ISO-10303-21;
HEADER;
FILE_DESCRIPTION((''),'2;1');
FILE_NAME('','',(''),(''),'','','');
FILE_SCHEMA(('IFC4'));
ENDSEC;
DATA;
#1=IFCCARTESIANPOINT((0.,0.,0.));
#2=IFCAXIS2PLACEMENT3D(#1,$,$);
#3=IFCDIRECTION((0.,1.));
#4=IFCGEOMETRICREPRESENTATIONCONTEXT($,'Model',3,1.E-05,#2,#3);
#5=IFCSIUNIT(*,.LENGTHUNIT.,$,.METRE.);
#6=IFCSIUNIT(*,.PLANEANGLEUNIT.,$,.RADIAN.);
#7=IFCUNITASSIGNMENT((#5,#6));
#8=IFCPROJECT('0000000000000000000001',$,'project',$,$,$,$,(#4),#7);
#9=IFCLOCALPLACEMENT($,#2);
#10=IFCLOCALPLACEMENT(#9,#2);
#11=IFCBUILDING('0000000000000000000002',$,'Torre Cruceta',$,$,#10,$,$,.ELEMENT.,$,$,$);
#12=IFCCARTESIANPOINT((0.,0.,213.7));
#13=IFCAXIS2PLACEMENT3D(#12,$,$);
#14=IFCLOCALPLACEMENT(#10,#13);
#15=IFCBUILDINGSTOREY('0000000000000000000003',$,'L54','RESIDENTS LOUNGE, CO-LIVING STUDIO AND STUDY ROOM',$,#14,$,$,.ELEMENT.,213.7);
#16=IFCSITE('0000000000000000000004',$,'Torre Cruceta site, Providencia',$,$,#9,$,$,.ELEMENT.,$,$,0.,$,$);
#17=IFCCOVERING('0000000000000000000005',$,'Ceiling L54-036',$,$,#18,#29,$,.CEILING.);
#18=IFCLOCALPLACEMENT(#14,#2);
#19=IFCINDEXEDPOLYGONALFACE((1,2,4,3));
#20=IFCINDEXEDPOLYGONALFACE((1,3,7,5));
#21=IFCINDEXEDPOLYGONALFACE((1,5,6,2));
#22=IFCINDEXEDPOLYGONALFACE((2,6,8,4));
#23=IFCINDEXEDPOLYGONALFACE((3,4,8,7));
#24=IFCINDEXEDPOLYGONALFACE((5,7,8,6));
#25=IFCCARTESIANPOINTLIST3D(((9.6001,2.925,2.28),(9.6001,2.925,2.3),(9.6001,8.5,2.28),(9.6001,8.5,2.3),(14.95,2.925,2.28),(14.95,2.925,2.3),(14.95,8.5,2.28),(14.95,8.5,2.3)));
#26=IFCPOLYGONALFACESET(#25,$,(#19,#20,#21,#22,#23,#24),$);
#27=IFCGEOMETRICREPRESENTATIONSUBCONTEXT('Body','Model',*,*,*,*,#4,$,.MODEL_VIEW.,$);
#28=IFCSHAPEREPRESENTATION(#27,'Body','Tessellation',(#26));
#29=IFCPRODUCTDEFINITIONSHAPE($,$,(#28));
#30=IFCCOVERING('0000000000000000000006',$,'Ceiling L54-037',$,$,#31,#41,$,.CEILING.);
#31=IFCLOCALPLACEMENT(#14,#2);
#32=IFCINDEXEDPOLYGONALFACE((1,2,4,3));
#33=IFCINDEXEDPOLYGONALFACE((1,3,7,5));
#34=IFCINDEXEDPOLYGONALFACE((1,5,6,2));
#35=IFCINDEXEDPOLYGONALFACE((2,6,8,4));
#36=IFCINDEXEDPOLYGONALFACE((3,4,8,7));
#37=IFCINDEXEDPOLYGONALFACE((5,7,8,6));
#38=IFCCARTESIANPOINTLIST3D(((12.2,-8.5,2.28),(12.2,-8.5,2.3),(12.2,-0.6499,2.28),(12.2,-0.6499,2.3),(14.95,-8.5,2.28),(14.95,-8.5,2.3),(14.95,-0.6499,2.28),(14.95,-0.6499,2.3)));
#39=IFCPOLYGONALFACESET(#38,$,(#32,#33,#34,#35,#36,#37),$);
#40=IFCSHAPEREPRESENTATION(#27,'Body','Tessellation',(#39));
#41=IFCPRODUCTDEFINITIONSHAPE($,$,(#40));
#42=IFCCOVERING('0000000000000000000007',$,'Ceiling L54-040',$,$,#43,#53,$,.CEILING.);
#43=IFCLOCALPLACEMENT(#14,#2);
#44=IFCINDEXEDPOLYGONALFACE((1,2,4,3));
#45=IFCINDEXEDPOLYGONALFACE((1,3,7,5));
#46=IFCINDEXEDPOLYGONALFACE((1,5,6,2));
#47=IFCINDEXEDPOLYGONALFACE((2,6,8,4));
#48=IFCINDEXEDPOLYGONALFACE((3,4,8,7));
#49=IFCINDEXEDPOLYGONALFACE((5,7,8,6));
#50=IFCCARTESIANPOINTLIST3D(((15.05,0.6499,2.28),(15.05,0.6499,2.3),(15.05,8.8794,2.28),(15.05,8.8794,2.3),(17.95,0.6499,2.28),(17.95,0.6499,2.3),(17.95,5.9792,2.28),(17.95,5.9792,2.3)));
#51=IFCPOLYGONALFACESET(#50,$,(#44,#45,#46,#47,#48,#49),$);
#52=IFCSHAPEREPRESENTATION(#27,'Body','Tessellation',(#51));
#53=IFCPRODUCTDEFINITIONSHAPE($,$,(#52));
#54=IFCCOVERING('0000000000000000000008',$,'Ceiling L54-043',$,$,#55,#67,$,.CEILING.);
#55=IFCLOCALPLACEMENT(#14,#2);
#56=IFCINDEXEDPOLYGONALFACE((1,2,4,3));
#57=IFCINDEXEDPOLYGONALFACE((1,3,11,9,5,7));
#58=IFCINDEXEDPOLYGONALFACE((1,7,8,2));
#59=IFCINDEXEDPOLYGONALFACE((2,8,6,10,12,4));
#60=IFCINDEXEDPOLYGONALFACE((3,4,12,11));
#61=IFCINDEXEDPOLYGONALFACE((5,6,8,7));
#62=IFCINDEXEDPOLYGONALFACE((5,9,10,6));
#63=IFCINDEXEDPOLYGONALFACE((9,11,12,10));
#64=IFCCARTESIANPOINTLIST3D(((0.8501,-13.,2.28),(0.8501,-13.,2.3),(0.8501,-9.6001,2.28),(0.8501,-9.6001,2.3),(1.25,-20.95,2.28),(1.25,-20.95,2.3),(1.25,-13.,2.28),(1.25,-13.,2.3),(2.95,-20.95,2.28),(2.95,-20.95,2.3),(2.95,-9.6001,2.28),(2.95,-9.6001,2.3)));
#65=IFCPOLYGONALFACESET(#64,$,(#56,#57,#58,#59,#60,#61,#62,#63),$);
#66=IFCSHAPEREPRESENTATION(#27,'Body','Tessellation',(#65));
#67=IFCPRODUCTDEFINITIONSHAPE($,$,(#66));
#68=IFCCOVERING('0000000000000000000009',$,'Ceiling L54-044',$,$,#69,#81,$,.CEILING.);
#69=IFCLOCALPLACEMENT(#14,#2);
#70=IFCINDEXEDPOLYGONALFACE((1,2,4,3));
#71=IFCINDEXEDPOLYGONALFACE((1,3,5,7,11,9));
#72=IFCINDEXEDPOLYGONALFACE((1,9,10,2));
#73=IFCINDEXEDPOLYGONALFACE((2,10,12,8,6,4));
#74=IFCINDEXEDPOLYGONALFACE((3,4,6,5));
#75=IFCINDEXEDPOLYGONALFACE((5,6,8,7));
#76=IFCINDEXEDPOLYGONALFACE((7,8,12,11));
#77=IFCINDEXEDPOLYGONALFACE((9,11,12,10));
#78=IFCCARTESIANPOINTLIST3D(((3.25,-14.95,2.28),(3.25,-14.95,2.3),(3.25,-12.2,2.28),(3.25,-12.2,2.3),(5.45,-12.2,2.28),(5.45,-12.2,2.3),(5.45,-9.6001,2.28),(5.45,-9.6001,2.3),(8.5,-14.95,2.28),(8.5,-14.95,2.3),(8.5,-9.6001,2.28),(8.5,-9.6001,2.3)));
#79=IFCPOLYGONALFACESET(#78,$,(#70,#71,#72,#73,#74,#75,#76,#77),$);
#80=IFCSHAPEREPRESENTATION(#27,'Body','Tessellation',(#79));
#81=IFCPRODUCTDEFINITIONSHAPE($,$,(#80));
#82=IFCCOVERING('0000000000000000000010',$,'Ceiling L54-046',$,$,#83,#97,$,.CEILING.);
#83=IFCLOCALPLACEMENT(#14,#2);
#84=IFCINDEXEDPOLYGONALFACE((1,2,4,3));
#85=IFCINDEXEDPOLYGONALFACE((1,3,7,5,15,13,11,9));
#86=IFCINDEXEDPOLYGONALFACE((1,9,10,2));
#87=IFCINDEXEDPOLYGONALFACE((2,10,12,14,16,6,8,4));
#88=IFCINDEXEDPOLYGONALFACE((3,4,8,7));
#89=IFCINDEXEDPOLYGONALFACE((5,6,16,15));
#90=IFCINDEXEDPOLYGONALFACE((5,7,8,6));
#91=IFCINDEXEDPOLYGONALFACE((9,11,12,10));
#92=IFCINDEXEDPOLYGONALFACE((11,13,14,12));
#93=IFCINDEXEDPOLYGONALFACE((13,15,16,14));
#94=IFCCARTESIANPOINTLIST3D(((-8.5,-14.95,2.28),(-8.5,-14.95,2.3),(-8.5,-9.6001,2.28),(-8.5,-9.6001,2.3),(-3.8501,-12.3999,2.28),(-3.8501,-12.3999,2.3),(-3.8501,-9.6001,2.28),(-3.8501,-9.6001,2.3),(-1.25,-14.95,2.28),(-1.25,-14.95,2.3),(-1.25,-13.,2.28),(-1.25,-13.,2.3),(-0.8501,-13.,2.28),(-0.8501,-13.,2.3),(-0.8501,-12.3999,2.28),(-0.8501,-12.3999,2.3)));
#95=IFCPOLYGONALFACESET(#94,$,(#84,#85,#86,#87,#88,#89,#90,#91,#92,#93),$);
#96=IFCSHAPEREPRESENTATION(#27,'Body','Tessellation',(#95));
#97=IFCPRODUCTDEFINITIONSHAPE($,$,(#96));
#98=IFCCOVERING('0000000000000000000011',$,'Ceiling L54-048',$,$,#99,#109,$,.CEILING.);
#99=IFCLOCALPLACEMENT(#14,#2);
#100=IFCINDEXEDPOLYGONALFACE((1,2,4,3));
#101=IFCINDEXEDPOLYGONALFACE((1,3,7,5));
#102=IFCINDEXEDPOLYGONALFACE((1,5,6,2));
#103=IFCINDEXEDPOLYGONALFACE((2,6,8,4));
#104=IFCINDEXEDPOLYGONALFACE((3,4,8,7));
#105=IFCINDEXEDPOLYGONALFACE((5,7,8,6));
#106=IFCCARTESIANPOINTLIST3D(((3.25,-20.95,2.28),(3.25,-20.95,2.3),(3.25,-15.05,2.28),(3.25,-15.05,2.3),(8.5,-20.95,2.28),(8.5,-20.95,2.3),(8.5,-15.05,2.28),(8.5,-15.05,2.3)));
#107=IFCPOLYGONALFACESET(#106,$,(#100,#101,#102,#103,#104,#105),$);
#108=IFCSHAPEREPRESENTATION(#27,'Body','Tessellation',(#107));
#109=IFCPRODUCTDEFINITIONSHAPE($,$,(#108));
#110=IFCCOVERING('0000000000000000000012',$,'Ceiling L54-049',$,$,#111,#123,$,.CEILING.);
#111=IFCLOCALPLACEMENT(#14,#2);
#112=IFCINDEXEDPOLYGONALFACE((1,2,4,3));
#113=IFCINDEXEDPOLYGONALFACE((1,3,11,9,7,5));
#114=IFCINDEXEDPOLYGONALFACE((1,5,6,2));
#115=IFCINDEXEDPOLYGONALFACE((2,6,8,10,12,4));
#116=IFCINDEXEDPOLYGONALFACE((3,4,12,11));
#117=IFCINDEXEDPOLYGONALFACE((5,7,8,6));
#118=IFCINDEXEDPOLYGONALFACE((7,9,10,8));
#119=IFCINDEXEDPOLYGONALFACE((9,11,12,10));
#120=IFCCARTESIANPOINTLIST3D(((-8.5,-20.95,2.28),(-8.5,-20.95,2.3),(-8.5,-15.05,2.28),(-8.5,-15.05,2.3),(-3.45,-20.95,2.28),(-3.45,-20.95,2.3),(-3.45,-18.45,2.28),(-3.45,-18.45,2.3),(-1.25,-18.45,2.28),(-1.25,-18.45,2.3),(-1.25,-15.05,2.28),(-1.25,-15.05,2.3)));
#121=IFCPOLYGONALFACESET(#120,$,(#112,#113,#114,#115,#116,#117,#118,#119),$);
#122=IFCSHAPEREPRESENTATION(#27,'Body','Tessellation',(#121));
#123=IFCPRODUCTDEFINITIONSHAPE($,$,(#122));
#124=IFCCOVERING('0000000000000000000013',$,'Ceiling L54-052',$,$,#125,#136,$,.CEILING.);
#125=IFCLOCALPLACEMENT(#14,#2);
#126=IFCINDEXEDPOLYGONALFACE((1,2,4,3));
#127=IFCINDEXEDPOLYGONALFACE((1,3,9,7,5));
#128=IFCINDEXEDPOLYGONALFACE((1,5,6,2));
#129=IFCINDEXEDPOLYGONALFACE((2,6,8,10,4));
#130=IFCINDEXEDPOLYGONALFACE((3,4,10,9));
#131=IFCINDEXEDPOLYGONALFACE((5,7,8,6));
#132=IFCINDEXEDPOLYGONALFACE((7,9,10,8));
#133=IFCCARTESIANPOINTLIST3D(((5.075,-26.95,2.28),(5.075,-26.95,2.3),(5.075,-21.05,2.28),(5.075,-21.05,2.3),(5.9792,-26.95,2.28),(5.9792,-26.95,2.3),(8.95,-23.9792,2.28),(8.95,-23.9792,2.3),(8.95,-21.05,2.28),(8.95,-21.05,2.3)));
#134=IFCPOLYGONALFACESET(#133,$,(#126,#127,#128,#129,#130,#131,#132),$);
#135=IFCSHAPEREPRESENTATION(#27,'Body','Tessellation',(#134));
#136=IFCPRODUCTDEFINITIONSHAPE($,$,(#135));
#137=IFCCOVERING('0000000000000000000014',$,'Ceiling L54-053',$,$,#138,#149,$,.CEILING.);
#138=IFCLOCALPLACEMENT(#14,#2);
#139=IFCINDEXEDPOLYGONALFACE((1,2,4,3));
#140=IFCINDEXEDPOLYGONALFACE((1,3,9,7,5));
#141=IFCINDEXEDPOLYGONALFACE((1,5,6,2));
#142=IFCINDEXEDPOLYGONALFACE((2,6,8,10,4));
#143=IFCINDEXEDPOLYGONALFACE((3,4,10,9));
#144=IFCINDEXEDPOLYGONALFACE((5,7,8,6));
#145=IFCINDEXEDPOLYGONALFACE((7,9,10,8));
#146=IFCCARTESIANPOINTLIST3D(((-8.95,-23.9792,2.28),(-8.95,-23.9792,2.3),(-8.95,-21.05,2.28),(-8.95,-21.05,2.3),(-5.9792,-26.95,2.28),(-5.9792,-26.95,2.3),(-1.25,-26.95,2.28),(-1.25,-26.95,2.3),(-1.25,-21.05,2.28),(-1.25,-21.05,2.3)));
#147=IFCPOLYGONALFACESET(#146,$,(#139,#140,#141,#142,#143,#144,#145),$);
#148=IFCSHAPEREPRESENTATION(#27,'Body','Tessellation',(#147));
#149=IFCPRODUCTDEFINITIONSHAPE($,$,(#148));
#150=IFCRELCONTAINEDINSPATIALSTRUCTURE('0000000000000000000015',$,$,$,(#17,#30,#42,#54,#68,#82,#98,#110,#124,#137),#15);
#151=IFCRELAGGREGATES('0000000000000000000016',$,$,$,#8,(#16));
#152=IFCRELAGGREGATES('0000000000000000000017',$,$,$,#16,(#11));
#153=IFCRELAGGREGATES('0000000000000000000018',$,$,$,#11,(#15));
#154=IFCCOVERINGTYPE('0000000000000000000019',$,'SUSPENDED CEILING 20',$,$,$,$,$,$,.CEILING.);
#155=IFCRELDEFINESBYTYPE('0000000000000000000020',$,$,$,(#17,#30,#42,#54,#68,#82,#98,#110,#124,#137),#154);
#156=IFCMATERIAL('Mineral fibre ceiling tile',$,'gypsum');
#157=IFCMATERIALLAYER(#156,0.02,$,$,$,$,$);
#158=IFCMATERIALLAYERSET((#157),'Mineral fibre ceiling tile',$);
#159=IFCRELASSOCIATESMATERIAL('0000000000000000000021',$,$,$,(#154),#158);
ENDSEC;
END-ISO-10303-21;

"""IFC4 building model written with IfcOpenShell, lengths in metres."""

from ifc_helpers import new_model, si_unit, direction, frame, origin, place, context, subcontext, project, spatial, polyline, outline, extrude, material, layer, layer_set, type_object, element, save


model = new_model("IFC4")

# Units and contexts
model_context = context("Model", 3, precision=1e-05, world=origin(), true_north=direction((0.0, 1.0)))
body_context = subcontext(model_context, "Body", "Model", "MODEL_VIEW")
ifc_project = project(units=[si_unit("LENGTHUNIT", "METRE"), si_unit("PLANEANGLEUNIT", "RADIAN")], contexts=[model_context])

# Site, building, storey
site_placement = place(None, origin())
site = spatial("IfcSite", under=ifc_project, at=site_placement, Name="Torre Cruceta site, Providencia", CompositionType="ELEMENT", RefElevation=0.0)
building_placement = place(site_placement, origin())
building = spatial("IfcBuilding", under=site, at=building_placement, Name="Torre Cruceta", CompositionType="ELEMENT")
storey_placement = place(building_placement, frame((0.0, 0.0, 213.7)))
storey = spatial("IfcBuildingStorey", under=building, at=storey_placement, Name="L54", Description="RESIDENTS LOUNGE, CO-LIVING STUDIO AND STUDY ROOM", CompositionType="ELEMENT", Elevation=213.7)

# Coverings
ifc_material_1 = material(Name="Mineral fibre ceiling tile", Category="gypsum")
ifc_layer_1 = layer(ifc_material_1, 0.02)
ifc_layer_set_1 = layer_set([ifc_layer_1], Name="Mineral fibre ceiling tile")
covering_type_1 = type_object("IfcCoveringType", Name="SUSPENDED CEILING 20", PredefinedType="CEILING", material=ifc_layer_set_1)
covering_1_placement = place(storey_placement, frame((0.0, 0.0, 2.28)))
element("IfcCovering", 1, at=covering_1_placement, inside=storey, type_object=covering_type_1, Name="Ceiling L54-036", PredefinedType="CEILING", context=body_context, shape_type="SweptSolid", body=[
    extrude(outline(polyline([(9.6001, 2.925), (9.6001, 8.5), (14.95, 8.5), (14.95, 2.925), (9.6001, 2.925)])), origin(), (0.0, 0.0, 1.0), 0.02),
])
covering_2_placement = place(storey_placement, frame((0.0, 0.0, 2.28)))
element("IfcCovering", 2, at=covering_2_placement, inside=storey, type_object=covering_type_1, Name="Ceiling L54-037", PredefinedType="CEILING", context=body_context, shape_type="SweptSolid", body=[
    extrude(outline(polyline([(14.95, -8.5), (12.2, -8.5), (12.2, -0.6499), (14.95, -0.6499), (14.95, -8.5)])), origin(), (0.0, 0.0, 1.0), 0.02),
])
covering_3_placement = place(storey_placement, frame((0.0, 0.0, 2.28)))
element("IfcCovering", 3, at=covering_3_placement, inside=storey, type_object=covering_type_1, Name="Ceiling L54-040", PredefinedType="CEILING", context=body_context, shape_type="SweptSolid", body=[
    extrude(outline(polyline([(17.95, 5.9792), (17.95, 0.6499), (15.05, 0.6499), (15.05, 8.8794), (17.95, 5.9792)])), origin(), (0.0, 0.0, 1.0), 0.02),
])
covering_4_placement = place(storey_placement, frame((0.0, 0.0, 2.28)))
element("IfcCovering", 4, at=covering_4_placement, inside=storey, type_object=covering_type_1, Name="Ceiling L54-043", PredefinedType="CEILING", context=body_context, shape_type="SweptSolid", body=[
    extrude(outline(polyline([(0.8501, -9.6001), (2.95, -9.6001), (2.95, -20.95), (1.25, -20.95), (1.25, -13.0), (0.8501, -13.0), (0.8501, -9.6001)])), origin(), (0.0, 0.0, 1.0), 0.02),
])
covering_5_placement = place(storey_placement, frame((0.0, 0.0, 2.28)))
element("IfcCovering", 5, at=covering_5_placement, inside=storey, type_object=covering_type_1, Name="Ceiling L54-044", PredefinedType="CEILING", context=body_context, shape_type="SweptSolid", body=[
    extrude(outline(polyline([(8.5, -9.6001), (8.5, -14.95), (3.25, -14.95), (3.25, -12.2), (5.45, -12.2), (5.45, -9.6001), (8.5, -9.6001)])), origin(), (0.0, 0.0, 1.0), 0.02),
])
covering_6_placement = place(storey_placement, frame((0.0, 0.0, 2.28)))
element("IfcCovering", 6, at=covering_6_placement, inside=storey, type_object=covering_type_1, Name="Ceiling L54-046", PredefinedType="CEILING", context=body_context, shape_type="SweptSolid", body=[
    extrude(outline(polyline([(-8.5, -14.95), (-8.5, -9.6001), (-3.8501, -9.6001), (-3.8501, -12.3999), (-0.8501, -12.3999), (-0.8501, -13.0), (-1.25, -13.0), (-1.25, -14.95), (-8.5, -14.95)])), origin(), (0.0, 0.0, 1.0), 0.02),
])
covering_7_placement = place(storey_placement, frame((0.0, 0.0, 2.28)))
element("IfcCovering", 7, at=covering_7_placement, inside=storey, type_object=covering_type_1, Name="Ceiling L54-048", PredefinedType="CEILING", context=body_context, shape_type="SweptSolid", body=[
    extrude(outline(polyline([(3.25, -15.05), (8.5, -15.05), (8.5, -20.95), (3.25, -20.95), (3.25, -15.05)])), origin(), (0.0, 0.0, 1.0), 0.02),
])
covering_8_placement = place(storey_placement, frame((0.0, 0.0, 2.28)))
element("IfcCovering", 8, at=covering_8_placement, inside=storey, type_object=covering_type_1, Name="Ceiling L54-049", PredefinedType="CEILING", context=body_context, shape_type="SweptSolid", body=[
    extrude(outline(polyline([(-8.5, -15.05), (-1.25, -15.05), (-1.25, -18.45), (-3.45, -18.45), (-3.45, -20.95), (-8.5, -20.95), (-8.5, -15.05)])), origin(), (0.0, 0.0, 1.0), 0.02),
])
covering_9_placement = place(storey_placement, frame((0.0, 0.0, 2.28)))
element("IfcCovering", 9, at=covering_9_placement, inside=storey, type_object=covering_type_1, Name="Ceiling L54-052", PredefinedType="CEILING", context=body_context, shape_type="SweptSolid", body=[
    extrude(outline(polyline([(8.95, -23.9792), (5.9792, -26.95), (5.075, -26.95), (5.075, -21.05), (8.95, -21.05), (8.95, -23.9792)])), origin(), (0.0, 0.0, 1.0), 0.02),
])
covering_10_placement = place(storey_placement, frame((0.0, 0.0, 2.28)))
element("IfcCovering", 10, at=covering_10_placement, inside=storey, type_object=covering_type_1, Name="Ceiling L54-053", PredefinedType="CEILING", context=body_context, shape_type="SweptSolid", body=[
    extrude(outline(polyline([(-8.95, -23.9792), (-8.95, -21.05), (-1.25, -21.05), (-1.25, -26.95), (-5.9792, -26.95), (-8.95, -23.9792)])), origin(), (0.0, 0.0, 1.0), 0.02),
])

save(model, "model.ifc")
